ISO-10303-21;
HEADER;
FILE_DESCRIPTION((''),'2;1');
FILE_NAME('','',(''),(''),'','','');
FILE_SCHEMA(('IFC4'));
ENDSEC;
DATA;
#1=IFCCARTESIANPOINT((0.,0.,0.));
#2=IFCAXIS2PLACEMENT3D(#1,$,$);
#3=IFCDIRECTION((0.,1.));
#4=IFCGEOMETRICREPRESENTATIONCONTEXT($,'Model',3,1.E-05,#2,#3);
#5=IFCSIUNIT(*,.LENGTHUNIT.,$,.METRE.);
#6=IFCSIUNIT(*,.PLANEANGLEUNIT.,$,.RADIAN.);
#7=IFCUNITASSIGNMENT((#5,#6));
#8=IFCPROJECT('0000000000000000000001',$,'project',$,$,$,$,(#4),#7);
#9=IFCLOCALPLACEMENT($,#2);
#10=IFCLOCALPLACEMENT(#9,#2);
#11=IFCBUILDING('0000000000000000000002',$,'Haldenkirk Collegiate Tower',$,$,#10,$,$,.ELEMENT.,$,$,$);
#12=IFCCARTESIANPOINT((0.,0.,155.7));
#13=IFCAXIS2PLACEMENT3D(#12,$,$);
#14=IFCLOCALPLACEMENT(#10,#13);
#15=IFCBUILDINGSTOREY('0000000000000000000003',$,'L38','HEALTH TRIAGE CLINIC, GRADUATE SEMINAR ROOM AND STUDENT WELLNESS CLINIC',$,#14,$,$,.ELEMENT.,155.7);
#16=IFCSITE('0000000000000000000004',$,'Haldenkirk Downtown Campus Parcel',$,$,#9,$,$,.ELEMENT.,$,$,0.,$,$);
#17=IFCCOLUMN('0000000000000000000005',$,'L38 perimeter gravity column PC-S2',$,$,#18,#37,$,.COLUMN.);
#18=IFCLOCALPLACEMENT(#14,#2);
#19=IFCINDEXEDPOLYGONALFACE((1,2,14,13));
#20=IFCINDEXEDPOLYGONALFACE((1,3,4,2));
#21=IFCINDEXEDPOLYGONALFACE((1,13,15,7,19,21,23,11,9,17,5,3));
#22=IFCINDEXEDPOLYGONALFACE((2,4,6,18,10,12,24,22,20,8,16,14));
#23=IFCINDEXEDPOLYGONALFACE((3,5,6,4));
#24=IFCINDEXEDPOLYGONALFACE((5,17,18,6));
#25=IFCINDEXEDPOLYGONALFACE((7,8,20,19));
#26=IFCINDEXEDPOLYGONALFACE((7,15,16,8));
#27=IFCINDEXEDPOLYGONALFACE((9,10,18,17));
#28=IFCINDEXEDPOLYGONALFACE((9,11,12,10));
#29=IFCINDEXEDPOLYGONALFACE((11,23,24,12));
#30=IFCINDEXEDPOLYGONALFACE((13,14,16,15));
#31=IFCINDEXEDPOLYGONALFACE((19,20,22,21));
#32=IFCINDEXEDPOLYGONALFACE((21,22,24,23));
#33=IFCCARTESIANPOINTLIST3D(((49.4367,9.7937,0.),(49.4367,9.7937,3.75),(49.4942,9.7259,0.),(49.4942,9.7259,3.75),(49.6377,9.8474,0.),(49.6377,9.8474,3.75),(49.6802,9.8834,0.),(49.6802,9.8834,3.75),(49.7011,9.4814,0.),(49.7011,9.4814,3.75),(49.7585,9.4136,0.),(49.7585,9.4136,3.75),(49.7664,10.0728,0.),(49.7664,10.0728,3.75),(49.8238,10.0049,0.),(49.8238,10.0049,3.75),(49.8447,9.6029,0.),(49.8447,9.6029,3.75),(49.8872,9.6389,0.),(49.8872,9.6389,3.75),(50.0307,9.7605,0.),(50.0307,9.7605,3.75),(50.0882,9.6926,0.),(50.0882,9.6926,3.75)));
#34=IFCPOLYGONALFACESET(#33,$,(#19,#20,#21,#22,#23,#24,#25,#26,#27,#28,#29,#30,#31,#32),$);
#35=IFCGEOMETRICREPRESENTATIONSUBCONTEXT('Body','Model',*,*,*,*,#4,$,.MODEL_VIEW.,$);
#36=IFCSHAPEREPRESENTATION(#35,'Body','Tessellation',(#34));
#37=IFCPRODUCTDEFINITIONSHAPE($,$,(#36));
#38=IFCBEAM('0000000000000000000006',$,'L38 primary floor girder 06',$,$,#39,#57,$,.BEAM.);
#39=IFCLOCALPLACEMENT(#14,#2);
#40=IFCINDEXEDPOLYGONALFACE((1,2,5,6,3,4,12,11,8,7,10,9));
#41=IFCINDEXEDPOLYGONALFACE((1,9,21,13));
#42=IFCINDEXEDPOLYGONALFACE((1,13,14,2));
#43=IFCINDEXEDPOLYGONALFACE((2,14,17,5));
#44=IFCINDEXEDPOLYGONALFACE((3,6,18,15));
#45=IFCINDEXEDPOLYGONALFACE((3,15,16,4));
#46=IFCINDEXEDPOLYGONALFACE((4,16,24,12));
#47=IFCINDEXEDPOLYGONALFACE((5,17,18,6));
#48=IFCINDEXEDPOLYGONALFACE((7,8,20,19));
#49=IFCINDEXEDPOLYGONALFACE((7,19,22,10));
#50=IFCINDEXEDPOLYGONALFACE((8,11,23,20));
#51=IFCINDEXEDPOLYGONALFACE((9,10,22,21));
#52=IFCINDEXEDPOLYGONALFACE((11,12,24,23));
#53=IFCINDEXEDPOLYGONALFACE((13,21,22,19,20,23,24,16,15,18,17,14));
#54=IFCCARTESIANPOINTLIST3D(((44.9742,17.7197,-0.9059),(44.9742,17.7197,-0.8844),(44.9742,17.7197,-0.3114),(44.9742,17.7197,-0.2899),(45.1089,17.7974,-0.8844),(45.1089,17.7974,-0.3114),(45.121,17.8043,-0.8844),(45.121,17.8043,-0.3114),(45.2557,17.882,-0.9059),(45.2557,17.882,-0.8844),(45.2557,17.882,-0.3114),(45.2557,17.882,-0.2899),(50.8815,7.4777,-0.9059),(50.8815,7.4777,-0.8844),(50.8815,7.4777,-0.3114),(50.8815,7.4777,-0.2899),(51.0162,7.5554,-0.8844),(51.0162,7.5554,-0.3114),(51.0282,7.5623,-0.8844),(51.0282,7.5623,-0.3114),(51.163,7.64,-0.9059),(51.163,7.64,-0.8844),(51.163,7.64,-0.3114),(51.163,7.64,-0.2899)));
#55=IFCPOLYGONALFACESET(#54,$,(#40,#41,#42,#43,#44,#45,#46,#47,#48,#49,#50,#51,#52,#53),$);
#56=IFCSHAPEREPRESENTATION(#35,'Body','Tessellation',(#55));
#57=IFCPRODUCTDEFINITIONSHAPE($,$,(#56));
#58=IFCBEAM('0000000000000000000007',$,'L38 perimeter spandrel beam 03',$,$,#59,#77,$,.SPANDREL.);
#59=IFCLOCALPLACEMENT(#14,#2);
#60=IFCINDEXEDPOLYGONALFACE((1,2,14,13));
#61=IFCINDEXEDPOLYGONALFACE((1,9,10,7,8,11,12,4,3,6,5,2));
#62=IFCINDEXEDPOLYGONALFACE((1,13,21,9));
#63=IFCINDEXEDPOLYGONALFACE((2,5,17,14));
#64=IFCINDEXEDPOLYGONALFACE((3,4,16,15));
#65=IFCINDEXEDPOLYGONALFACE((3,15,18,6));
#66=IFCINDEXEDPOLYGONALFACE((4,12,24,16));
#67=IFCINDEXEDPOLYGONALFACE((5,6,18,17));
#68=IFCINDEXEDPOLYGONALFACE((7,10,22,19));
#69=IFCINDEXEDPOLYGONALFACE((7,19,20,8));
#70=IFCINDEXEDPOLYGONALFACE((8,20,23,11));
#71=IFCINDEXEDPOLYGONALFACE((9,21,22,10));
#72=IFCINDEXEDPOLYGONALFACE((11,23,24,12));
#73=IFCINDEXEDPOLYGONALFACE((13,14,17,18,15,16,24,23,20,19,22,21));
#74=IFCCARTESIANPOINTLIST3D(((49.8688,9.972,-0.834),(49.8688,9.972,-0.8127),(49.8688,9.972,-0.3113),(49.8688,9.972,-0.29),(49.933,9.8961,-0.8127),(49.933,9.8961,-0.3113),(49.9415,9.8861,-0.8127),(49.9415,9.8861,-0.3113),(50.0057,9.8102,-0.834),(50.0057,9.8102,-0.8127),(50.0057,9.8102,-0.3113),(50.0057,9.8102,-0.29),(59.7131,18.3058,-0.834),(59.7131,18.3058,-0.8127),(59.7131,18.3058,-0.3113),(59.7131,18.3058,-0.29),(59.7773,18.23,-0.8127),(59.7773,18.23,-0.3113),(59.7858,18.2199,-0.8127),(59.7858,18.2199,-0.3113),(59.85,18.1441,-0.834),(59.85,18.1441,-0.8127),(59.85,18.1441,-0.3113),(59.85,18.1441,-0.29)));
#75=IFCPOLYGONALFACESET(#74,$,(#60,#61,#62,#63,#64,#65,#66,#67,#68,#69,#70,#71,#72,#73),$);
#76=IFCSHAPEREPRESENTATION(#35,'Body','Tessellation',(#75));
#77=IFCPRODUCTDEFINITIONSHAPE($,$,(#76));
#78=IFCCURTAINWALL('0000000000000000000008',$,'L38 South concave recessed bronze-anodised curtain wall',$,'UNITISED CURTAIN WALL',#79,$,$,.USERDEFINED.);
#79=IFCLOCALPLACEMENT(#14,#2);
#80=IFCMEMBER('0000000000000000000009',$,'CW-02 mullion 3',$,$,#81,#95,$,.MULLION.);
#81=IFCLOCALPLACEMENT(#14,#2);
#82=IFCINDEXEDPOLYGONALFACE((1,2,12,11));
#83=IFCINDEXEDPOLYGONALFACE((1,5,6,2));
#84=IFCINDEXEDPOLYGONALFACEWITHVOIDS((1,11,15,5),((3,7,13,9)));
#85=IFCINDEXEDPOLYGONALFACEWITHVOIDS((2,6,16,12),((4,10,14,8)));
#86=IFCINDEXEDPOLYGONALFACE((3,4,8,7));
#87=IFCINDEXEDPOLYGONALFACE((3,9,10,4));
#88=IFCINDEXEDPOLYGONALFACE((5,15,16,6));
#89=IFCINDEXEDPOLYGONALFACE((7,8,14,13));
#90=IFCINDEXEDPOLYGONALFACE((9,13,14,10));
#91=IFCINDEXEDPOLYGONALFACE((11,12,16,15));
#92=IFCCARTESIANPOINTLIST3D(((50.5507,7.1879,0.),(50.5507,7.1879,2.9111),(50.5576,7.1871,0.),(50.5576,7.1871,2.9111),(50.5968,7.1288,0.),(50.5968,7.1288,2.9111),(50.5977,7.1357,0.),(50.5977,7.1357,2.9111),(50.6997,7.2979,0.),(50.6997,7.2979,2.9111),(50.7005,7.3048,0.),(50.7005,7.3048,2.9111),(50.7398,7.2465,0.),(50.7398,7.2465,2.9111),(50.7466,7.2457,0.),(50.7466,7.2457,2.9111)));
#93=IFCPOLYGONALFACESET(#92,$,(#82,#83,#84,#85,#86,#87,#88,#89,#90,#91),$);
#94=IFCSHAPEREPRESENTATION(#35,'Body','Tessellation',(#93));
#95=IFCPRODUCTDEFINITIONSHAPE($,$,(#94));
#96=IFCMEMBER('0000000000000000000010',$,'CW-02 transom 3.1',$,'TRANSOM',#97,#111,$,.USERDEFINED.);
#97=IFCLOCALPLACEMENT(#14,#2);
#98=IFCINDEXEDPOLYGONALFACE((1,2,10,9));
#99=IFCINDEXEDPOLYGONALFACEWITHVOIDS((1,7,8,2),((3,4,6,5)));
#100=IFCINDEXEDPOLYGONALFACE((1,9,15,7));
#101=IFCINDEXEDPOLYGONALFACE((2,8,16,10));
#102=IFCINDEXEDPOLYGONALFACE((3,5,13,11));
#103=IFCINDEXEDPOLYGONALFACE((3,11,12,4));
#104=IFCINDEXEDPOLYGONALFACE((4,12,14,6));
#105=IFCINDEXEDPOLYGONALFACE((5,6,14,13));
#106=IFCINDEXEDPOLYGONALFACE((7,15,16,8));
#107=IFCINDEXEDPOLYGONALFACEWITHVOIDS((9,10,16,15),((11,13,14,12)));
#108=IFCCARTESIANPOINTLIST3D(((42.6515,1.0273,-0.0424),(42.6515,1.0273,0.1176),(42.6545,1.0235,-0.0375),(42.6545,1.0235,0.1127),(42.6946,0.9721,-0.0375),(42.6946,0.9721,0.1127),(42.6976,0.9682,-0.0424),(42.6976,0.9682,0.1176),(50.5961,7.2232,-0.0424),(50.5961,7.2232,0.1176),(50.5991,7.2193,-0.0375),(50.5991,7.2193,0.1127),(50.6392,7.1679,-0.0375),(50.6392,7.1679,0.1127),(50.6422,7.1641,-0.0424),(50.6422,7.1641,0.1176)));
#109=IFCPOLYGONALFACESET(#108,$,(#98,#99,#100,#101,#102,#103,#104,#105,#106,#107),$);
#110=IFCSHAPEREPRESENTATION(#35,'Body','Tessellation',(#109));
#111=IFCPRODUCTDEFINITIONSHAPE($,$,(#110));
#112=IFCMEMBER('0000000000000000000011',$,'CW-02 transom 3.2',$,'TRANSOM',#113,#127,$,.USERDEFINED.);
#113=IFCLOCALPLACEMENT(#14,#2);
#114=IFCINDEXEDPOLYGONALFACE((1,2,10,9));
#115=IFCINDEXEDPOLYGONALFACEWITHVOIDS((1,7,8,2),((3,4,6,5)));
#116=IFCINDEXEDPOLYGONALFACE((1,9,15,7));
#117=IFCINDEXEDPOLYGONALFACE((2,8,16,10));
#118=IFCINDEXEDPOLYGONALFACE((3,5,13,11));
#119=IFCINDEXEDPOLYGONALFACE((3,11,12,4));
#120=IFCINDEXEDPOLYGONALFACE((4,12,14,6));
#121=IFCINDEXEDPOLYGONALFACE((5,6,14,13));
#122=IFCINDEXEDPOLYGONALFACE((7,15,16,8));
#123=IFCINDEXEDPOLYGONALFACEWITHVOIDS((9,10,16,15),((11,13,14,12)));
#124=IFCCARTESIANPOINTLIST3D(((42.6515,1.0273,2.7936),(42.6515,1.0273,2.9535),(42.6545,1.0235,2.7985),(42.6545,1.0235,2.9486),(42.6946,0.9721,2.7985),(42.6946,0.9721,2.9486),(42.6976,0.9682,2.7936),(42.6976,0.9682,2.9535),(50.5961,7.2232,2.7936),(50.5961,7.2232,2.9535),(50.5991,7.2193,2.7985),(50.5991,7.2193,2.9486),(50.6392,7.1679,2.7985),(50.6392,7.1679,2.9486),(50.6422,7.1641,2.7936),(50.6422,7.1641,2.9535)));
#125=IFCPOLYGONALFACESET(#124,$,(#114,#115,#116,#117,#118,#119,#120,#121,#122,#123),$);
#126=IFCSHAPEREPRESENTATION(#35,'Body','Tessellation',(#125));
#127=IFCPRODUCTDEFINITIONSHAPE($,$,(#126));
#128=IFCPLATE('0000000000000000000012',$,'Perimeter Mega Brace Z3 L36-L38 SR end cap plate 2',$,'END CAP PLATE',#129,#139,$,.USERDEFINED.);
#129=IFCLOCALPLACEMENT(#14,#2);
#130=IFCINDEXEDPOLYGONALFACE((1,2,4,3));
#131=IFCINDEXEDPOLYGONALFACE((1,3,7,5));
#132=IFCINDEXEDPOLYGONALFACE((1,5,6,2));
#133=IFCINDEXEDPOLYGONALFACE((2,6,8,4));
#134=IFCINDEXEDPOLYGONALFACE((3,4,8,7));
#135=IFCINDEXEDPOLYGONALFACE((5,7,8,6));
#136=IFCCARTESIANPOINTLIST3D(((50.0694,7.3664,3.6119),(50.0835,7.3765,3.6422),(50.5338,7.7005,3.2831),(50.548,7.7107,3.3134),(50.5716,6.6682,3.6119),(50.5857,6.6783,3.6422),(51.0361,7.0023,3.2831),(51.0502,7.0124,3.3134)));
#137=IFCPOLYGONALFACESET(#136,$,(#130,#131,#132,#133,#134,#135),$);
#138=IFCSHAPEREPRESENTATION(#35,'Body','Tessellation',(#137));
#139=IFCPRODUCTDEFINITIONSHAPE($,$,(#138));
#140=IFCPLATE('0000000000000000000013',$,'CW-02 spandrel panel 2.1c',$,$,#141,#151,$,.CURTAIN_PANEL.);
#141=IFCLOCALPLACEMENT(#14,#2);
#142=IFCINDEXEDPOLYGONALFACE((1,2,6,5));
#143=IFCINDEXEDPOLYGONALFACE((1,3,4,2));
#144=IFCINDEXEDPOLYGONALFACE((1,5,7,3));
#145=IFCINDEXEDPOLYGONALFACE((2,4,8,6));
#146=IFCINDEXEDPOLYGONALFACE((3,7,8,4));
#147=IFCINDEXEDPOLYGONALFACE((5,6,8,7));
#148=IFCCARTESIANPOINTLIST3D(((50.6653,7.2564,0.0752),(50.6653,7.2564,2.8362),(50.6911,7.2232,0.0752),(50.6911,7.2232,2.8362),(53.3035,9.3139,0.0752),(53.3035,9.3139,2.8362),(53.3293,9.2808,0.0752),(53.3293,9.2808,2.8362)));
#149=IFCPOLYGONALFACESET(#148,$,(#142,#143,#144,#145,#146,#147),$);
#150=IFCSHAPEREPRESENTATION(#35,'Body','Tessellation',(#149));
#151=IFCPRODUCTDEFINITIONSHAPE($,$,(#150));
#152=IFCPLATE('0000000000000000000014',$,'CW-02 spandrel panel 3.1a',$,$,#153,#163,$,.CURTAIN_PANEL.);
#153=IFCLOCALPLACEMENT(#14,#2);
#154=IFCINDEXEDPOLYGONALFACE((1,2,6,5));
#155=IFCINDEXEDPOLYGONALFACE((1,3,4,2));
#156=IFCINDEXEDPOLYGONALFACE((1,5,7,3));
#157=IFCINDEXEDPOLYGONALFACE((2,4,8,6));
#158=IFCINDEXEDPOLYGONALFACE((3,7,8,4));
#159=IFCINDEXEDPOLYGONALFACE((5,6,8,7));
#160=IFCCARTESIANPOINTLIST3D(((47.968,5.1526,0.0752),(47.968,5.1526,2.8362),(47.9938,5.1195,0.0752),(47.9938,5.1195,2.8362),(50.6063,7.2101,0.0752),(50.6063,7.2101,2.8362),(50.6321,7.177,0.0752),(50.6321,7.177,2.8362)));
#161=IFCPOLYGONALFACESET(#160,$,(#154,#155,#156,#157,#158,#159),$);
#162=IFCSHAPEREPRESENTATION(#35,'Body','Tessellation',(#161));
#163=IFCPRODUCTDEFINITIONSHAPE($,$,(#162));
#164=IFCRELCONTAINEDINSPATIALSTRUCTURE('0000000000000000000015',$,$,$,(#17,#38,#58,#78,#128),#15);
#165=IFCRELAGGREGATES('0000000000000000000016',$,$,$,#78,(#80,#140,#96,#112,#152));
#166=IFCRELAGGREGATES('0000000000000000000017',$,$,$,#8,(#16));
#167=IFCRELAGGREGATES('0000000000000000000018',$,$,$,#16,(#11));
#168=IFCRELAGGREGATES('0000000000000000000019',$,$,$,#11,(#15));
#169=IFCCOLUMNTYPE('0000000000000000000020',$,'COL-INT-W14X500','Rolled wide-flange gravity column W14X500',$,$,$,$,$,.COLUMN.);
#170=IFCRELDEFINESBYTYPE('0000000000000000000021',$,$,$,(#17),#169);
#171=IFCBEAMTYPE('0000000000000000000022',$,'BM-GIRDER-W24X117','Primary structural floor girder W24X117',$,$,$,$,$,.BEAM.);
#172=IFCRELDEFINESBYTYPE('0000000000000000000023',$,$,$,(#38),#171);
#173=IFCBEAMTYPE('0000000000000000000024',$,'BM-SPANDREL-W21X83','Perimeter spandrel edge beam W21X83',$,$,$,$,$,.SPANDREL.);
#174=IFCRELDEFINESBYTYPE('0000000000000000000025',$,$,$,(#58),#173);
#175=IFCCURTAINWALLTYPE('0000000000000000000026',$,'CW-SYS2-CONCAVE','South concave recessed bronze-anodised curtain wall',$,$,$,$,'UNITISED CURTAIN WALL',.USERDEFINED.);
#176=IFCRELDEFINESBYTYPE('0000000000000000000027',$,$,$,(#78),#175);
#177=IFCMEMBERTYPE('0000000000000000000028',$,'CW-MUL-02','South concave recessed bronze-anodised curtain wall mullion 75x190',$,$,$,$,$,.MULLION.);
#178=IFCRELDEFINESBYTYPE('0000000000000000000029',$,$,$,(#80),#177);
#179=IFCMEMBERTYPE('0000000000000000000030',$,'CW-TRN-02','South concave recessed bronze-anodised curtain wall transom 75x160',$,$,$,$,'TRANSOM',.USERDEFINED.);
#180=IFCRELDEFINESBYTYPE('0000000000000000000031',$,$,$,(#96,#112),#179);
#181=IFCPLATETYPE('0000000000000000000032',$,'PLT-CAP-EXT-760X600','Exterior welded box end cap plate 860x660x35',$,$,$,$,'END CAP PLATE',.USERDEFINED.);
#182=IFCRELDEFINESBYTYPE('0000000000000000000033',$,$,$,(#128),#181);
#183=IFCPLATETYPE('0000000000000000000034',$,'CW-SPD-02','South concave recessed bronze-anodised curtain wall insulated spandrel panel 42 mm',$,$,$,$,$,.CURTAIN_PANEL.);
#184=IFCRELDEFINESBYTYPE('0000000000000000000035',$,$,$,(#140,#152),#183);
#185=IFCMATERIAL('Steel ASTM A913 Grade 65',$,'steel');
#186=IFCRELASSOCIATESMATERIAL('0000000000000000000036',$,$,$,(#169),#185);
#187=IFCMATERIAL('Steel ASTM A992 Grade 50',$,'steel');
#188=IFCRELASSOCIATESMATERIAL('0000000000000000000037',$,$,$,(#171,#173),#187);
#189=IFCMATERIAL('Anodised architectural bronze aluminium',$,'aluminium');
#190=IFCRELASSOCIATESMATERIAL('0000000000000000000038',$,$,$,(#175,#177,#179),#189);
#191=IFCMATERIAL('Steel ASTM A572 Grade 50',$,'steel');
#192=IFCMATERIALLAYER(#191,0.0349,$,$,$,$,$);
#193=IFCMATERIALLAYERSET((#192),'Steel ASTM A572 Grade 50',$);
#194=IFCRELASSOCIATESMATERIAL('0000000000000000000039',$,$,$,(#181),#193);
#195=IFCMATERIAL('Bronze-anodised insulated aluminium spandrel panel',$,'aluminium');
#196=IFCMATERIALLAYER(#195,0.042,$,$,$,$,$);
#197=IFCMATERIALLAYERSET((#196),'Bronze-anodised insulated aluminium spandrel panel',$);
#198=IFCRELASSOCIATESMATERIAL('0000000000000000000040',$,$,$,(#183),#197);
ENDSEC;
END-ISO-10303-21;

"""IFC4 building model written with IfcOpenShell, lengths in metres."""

from ifc_helpers import new_model, si_unit, direction, frame, origin, origin_2d, place, context, subcontext, project, spatial, rectangle, hollow_rectangle, i_section, extrude, source, transform, mapped, material, layer, layer_set, material_profile, profile_set, type_object, element, aggregate, save


model = new_model("IFC4")

# Units and contexts
model_context = context("Model", 3, precision=1e-05, world=origin(), true_north=direction((0.0, 1.0)))
body_context = subcontext(model_context, "Body", "Model", "MODEL_VIEW")
ifc_project = project(units=[si_unit("LENGTHUNIT", "METRE"), si_unit("PLANEANGLEUNIT", "RADIAN")], contexts=[model_context])

# Site, building, storey
site_placement = place(None, origin())
site = spatial("IfcSite", under=ifc_project, at=site_placement, Name="Haldenkirk Downtown Campus Parcel", CompositionType="ELEMENT", RefElevation=0.0)
building_placement = place(site_placement, origin())
building = spatial("IfcBuilding", under=site, at=building_placement, Name="Haldenkirk Collegiate Tower", CompositionType="ELEMENT")
storey_placement = place(building_placement, frame((0.0, 0.0, 155.7)))
storey = spatial("IfcBuildingStorey", under=building, at=storey_placement, Name="L38", Description="HEALTH TRIAGE CLINIC, GRADUATE SEMINAR ROOM AND STUDENT WELLNESS CLINIC", CompositionType="ELEMENT", Elevation=155.7)

# Column
ifc_material_1 = material(Name="Steel ASTM A913 Grade 65", Category="steel")
ifc_material_profile_1 = material_profile(ifc_material_1, i_section(OverallWidth=0.4319, OverallDepth=0.498, WebThickness=0.0557, FlangeThickness=0.0889, at=origin_2d()), Name="W14X500")
ifc_profile_set_1 = profile_set([ifc_material_profile_1], Name="Steel ASTM A913 Grade 65")
column_type = type_object("IfcColumnType", Name="COL-INT-W14X500", Description="Rolled wide-flange gravity column W14X500", PredefinedType="COLUMN", material=ifc_profile_set_1)
column_placement = place(storey_placement, frame((49.7625, 9.7432, 0.0), z_axis=(0.0, 0.0, 1.0), x_axis=(0.763232, 0.646124, 0.0)))
element("IfcColumn", 1, at=column_placement, inside=storey, type_object=column_type, Name="L38 perimeter gravity column PC-S2", PredefinedType="COLUMN", context=body_context, shape_type="SweptSolid", body=[
    extrude(i_section(OverallWidth=0.4319, OverallDepth=0.498, WebThickness=0.0557, FlangeThickness=0.0889, at=origin_2d()), origin(), (0.0, 0.0, 1.0), 3.75),
])

# Beams
ifc_material_2 = material(Name="Steel ASTM A992 Grade 50", Category="steel")
ifc_material_profile_2 = material_profile(ifc_material_2, i_section(OverallWidth=0.325, OverallDepth=0.616, WebThickness=0.0139, FlangeThickness=0.0215, at=origin_2d()), Name="W24X117")
ifc_profile_set_2 = profile_set([ifc_material_profile_2], Name="Steel ASTM A992 Grade 50")
beam_type_1 = type_object("IfcBeamType", Name="BM-GIRDER-W24X117", Description="Primary structural floor girder W24X117", PredefinedType="BEAM", material=ifc_profile_set_2)
beam_1_placement = place(storey_placement, frame((51.0222, 7.5588, -0.5979), z_axis=(-0.499622, 0.866244, 0.0), x_axis=(-0.866244, -0.499622, 0.0)))
element("IfcBeam", 2, at=beam_1_placement, inside=storey, type_object=beam_type_1, Name="L38 primary floor girder 06", PredefinedType="BEAM", context=body_context, shape_type="SweptSolid", body=[
    extrude(i_section(OverallWidth=0.325, OverallDepth=0.616, WebThickness=0.0139, FlangeThickness=0.0215, at=origin_2d()), origin(), (0.0, 0.0, 1.0), 11.8235),
])
ifc_material_profile_3 = material_profile(ifc_material_2, i_section(OverallWidth=0.2119, OverallDepth=0.5439, WebThickness=0.0132, FlangeThickness=0.0212, at=origin_2d()), Name="W21X83")
ifc_profile_set_3 = profile_set([ifc_material_profile_3], Name="Steel ASTM A992 Grade 50")
beam_type_2 = type_object("IfcBeamType", Name="BM-SPANDREL-W21X83", Description="Perimeter spandrel edge beam W21X83", PredefinedType="SPANDREL", material=ifc_profile_set_3)
beam_2_placement = place(storey_placement, frame((49.9373, 9.8911, -0.562), z_axis=(0.763233, 0.646123, 0.0), x_axis=(-0.646123, 0.763233, 0.0)))
element("IfcBeam", 3, at=beam_2_placement, inside=storey, type_object=beam_type_2, Name="L38 perimeter spandrel beam 03", PredefinedType="SPANDREL", context=body_context, shape_type="SweptSolid", body=[
    extrude(i_section(OverallWidth=0.2119, OverallDepth=0.5439, WebThickness=0.0132, FlangeThickness=0.0212, at=origin_2d()), origin(), (0.0, 0.0, 1.0), 12.8982),
])

# Curtain wall, members
ifc_material_3 = material(Name="Anodised architectural bronze aluminium", Category="aluminium")
curtain_wall_type = type_object("IfcCurtainWallType", Name="CW-SYS2-CONCAVE", Description="South concave recessed bronze-anodised curtain wall", ElementType="UNITISED CURTAIN WALL", PredefinedType="USERDEFINED", material=ifc_material_3)
curtain_wall_placement = place(storey_placement, origin())
curtain_wall = element("IfcCurtainWall", 4, at=curtain_wall_placement, inside=storey, type_object=curtain_wall_type, Name="L38 South concave recessed bronze-anodised curtain wall", ObjectType="UNITISED CURTAIN WALL", PredefinedType="USERDEFINED")
ifc_material_profile_4 = material_profile(ifc_material_3, hollow_rectangle(XDim=0.075, YDim=0.1899, WallThickness=0.0049, at=origin_2d()), Name="CW-MUL-02")
ifc_profile_set_4 = profile_set([ifc_material_profile_4], Name="Anodised architectural bronze aluminium")
member_type_1 = type_object("IfcMemberType", Name="CW-MUL-02", Description="South concave recessed bronze-anodised curtain wall mullion 75x190", PredefinedType="MULLION", material=ifc_profile_set_4)
member_1_placement = place(storey_placement, frame((50.6487, 7.2168, 0.0), z_axis=(0.0, 0.0, 1.0), x_axis=(0.614974, -0.788548, 0.0)))
member_1 = element("IfcMember", 5, at=member_1_placement, type_object=member_type_1, Name="CW-02 mullion 3", PredefinedType="MULLION", context=body_context, shape_type="SweptSolid", body=[
    extrude(hollow_rectangle(XDim=0.075, YDim=0.1899, WallThickness=0.0049, at=origin_2d()), origin(), (0.0, 0.0, 1.0), 2.9111),
])
ifc_material_profile_5 = material_profile(ifc_material_3, hollow_rectangle(XDim=0.075, YDim=0.1599, WallThickness=0.0049, at=origin_2d()), Name="CW-TRN-02")
ifc_profile_set_5 = profile_set([ifc_material_profile_5], Name="Anodised architectural bronze aluminium")
member_type_2 = type_object("IfcMemberType", Name="CW-TRN-02", Description="South concave recessed bronze-anodised curtain wall transom 75x160", ElementType="TRANSOM", PredefinedType="USERDEFINED", material=ifc_profile_set_5)
member_2_placement = place(storey_placement, frame((50.6191, 7.1936, 0.0376), z_axis=(-0.788549, -0.614972, 0.0), x_axis=(0.614972, -0.788549, 0.0)))
member_2 = element("IfcMember", 6, at=member_2_placement, type_object=member_type_2, Name="CW-02 transom 3.1", ObjectType="TRANSOM", PredefinedType="USERDEFINED", context=body_context, shape_type="SweptSolid", body=[
    extrude(hollow_rectangle(XDim=0.075, YDim=0.1599, WallThickness=0.0049, at=origin_2d()), origin(), (0.0, 0.0, 1.0), 10.075),
])
member_3_placement = place(storey_placement, frame((50.6191, 7.1936, 2.8735), z_axis=(-0.788549, -0.614972, 0.0), x_axis=(0.614972, -0.788549, 0.0)))
member_3 = element("IfcMember", 7, at=member_3_placement, type_object=member_type_2, Name="CW-02 transom 3.2", ObjectType="TRANSOM", PredefinedType="USERDEFINED", context=body_context, shape_type="SweptSolid", body=[
    extrude(hollow_rectangle(XDim=0.075, YDim=0.1599, WallThickness=0.0049, at=origin_2d()), origin(), (0.0, 0.0, 1.0), 10.075),
])

# Plates
ifc_material_4 = material(Name="Steel ASTM A572 Grade 50", Category="steel")
ifc_layer_1 = layer(ifc_material_4, 0.0349)
ifc_layer_set_1 = layer_set([ifc_layer_1], Name="Steel ASTM A572 Grade 50")
plate_type_1 = type_object("IfcPlateType", Name="PLT-CAP-EXT-760X600", Description="Exterior welded box end cap plate 860x660x35", ElementType="END CAP PLATE", PredefinedType="USERDEFINED", material=ifc_layer_set_1)
shared_shape_1 = source(origin(), body_context, "Body", "SweptSolid", [
    extrude(rectangle(XDim=0.8601, YDim=0.6599, at=origin_2d()), origin(), (0.0, 0.0, 1.0), 0.0349),
])
plate_1_placement = place(storey_placement, frame((50.5527, 7.1843, 3.4475), z_axis=(0.404495, 0.290957, 0.867022), x_axis=(-0.583936, 0.8118, 0.0)))
element("IfcPlate", 8, at=plate_1_placement, inside=storey, type_object=plate_type_1, Name="Perimeter Mega Brace Z3 L36-L38 SR end cap plate 2", ObjectType="END CAP PLATE", PredefinedType="USERDEFINED", context=body_context, shape_type="MappedRepresentation", body=[
    mapped(shared_shape_1, transform((0.0, 0.0, 0.0), x_axis=(1.0, 0.0, 0.0), y_axis=(0.0, 1.0, 0.0), z_axis=(0.0, 0.0, 1.0), scale=1.0)),
])
ifc_material_5 = material(Name="Bronze-anodised insulated aluminium spandrel panel", Category="aluminium")
ifc_layer_2 = layer(ifc_material_5, 0.042)
ifc_layer_set_2 = layer_set([ifc_layer_2], Name="Bronze-anodised insulated aluminium spandrel panel")
plate_type_2 = type_object("IfcPlateType", Name="CW-SPD-02", Description="South concave recessed bronze-anodised curtain wall insulated spandrel panel 42 mm", PredefinedType="CURTAIN_PANEL", material=ifc_layer_set_2)
shared_shape_2 = source(origin(), body_context, "Body", "SweptSolid", [
    extrude(rectangle(XDim=3.3457, YDim=0.042, at=origin_2d()), origin(), (0.0, 0.0, 1.0), 2.761),
])
plate_2_placement = place(storey_placement, frame((51.9973, 8.2686, 0.0752), z_axis=(0.0, 0.0, 1.0), x_axis=(-0.788548, -0.614974, 0.0)))
plate_2 = element("IfcPlate", 9, at=plate_2_placement, type_object=plate_type_2, Name="CW-02 spandrel panel 2.1c", PredefinedType="CURTAIN_PANEL", context=body_context, shape_type="MappedRepresentation", body=[
    mapped(shared_shape_2, transform((0.0, 0.0, 0.0), x_axis=(1.0, 0.0, 0.0), y_axis=(0.0, 1.0, 0.0), z_axis=(0.0, 0.0, 1.0), scale=1.0)),
])
plate_3_placement = place(storey_placement, frame((49.3, 6.1648, 0.0752), z_axis=(0.0, 0.0, 1.0), x_axis=(-0.788548, -0.614974, 0.0)))
plate_3 = element("IfcPlate", 10, at=plate_3_placement, type_object=plate_type_2, Name="CW-02 spandrel panel 3.1a", PredefinedType="CURTAIN_PANEL", context=body_context, shape_type="MappedRepresentation", body=[
    mapped(shared_shape_2, transform((0.0, 0.0, 0.0), x_axis=(1.0, 0.0, 0.0), y_axis=(0.0, 1.0, 0.0), z_axis=(0.0, 0.0, 1.0), scale=1.0)),
])
aggregate(curtain_wall, [member_1, plate_2, member_2, member_3, plate_3])

save(model, "model.ifc")
